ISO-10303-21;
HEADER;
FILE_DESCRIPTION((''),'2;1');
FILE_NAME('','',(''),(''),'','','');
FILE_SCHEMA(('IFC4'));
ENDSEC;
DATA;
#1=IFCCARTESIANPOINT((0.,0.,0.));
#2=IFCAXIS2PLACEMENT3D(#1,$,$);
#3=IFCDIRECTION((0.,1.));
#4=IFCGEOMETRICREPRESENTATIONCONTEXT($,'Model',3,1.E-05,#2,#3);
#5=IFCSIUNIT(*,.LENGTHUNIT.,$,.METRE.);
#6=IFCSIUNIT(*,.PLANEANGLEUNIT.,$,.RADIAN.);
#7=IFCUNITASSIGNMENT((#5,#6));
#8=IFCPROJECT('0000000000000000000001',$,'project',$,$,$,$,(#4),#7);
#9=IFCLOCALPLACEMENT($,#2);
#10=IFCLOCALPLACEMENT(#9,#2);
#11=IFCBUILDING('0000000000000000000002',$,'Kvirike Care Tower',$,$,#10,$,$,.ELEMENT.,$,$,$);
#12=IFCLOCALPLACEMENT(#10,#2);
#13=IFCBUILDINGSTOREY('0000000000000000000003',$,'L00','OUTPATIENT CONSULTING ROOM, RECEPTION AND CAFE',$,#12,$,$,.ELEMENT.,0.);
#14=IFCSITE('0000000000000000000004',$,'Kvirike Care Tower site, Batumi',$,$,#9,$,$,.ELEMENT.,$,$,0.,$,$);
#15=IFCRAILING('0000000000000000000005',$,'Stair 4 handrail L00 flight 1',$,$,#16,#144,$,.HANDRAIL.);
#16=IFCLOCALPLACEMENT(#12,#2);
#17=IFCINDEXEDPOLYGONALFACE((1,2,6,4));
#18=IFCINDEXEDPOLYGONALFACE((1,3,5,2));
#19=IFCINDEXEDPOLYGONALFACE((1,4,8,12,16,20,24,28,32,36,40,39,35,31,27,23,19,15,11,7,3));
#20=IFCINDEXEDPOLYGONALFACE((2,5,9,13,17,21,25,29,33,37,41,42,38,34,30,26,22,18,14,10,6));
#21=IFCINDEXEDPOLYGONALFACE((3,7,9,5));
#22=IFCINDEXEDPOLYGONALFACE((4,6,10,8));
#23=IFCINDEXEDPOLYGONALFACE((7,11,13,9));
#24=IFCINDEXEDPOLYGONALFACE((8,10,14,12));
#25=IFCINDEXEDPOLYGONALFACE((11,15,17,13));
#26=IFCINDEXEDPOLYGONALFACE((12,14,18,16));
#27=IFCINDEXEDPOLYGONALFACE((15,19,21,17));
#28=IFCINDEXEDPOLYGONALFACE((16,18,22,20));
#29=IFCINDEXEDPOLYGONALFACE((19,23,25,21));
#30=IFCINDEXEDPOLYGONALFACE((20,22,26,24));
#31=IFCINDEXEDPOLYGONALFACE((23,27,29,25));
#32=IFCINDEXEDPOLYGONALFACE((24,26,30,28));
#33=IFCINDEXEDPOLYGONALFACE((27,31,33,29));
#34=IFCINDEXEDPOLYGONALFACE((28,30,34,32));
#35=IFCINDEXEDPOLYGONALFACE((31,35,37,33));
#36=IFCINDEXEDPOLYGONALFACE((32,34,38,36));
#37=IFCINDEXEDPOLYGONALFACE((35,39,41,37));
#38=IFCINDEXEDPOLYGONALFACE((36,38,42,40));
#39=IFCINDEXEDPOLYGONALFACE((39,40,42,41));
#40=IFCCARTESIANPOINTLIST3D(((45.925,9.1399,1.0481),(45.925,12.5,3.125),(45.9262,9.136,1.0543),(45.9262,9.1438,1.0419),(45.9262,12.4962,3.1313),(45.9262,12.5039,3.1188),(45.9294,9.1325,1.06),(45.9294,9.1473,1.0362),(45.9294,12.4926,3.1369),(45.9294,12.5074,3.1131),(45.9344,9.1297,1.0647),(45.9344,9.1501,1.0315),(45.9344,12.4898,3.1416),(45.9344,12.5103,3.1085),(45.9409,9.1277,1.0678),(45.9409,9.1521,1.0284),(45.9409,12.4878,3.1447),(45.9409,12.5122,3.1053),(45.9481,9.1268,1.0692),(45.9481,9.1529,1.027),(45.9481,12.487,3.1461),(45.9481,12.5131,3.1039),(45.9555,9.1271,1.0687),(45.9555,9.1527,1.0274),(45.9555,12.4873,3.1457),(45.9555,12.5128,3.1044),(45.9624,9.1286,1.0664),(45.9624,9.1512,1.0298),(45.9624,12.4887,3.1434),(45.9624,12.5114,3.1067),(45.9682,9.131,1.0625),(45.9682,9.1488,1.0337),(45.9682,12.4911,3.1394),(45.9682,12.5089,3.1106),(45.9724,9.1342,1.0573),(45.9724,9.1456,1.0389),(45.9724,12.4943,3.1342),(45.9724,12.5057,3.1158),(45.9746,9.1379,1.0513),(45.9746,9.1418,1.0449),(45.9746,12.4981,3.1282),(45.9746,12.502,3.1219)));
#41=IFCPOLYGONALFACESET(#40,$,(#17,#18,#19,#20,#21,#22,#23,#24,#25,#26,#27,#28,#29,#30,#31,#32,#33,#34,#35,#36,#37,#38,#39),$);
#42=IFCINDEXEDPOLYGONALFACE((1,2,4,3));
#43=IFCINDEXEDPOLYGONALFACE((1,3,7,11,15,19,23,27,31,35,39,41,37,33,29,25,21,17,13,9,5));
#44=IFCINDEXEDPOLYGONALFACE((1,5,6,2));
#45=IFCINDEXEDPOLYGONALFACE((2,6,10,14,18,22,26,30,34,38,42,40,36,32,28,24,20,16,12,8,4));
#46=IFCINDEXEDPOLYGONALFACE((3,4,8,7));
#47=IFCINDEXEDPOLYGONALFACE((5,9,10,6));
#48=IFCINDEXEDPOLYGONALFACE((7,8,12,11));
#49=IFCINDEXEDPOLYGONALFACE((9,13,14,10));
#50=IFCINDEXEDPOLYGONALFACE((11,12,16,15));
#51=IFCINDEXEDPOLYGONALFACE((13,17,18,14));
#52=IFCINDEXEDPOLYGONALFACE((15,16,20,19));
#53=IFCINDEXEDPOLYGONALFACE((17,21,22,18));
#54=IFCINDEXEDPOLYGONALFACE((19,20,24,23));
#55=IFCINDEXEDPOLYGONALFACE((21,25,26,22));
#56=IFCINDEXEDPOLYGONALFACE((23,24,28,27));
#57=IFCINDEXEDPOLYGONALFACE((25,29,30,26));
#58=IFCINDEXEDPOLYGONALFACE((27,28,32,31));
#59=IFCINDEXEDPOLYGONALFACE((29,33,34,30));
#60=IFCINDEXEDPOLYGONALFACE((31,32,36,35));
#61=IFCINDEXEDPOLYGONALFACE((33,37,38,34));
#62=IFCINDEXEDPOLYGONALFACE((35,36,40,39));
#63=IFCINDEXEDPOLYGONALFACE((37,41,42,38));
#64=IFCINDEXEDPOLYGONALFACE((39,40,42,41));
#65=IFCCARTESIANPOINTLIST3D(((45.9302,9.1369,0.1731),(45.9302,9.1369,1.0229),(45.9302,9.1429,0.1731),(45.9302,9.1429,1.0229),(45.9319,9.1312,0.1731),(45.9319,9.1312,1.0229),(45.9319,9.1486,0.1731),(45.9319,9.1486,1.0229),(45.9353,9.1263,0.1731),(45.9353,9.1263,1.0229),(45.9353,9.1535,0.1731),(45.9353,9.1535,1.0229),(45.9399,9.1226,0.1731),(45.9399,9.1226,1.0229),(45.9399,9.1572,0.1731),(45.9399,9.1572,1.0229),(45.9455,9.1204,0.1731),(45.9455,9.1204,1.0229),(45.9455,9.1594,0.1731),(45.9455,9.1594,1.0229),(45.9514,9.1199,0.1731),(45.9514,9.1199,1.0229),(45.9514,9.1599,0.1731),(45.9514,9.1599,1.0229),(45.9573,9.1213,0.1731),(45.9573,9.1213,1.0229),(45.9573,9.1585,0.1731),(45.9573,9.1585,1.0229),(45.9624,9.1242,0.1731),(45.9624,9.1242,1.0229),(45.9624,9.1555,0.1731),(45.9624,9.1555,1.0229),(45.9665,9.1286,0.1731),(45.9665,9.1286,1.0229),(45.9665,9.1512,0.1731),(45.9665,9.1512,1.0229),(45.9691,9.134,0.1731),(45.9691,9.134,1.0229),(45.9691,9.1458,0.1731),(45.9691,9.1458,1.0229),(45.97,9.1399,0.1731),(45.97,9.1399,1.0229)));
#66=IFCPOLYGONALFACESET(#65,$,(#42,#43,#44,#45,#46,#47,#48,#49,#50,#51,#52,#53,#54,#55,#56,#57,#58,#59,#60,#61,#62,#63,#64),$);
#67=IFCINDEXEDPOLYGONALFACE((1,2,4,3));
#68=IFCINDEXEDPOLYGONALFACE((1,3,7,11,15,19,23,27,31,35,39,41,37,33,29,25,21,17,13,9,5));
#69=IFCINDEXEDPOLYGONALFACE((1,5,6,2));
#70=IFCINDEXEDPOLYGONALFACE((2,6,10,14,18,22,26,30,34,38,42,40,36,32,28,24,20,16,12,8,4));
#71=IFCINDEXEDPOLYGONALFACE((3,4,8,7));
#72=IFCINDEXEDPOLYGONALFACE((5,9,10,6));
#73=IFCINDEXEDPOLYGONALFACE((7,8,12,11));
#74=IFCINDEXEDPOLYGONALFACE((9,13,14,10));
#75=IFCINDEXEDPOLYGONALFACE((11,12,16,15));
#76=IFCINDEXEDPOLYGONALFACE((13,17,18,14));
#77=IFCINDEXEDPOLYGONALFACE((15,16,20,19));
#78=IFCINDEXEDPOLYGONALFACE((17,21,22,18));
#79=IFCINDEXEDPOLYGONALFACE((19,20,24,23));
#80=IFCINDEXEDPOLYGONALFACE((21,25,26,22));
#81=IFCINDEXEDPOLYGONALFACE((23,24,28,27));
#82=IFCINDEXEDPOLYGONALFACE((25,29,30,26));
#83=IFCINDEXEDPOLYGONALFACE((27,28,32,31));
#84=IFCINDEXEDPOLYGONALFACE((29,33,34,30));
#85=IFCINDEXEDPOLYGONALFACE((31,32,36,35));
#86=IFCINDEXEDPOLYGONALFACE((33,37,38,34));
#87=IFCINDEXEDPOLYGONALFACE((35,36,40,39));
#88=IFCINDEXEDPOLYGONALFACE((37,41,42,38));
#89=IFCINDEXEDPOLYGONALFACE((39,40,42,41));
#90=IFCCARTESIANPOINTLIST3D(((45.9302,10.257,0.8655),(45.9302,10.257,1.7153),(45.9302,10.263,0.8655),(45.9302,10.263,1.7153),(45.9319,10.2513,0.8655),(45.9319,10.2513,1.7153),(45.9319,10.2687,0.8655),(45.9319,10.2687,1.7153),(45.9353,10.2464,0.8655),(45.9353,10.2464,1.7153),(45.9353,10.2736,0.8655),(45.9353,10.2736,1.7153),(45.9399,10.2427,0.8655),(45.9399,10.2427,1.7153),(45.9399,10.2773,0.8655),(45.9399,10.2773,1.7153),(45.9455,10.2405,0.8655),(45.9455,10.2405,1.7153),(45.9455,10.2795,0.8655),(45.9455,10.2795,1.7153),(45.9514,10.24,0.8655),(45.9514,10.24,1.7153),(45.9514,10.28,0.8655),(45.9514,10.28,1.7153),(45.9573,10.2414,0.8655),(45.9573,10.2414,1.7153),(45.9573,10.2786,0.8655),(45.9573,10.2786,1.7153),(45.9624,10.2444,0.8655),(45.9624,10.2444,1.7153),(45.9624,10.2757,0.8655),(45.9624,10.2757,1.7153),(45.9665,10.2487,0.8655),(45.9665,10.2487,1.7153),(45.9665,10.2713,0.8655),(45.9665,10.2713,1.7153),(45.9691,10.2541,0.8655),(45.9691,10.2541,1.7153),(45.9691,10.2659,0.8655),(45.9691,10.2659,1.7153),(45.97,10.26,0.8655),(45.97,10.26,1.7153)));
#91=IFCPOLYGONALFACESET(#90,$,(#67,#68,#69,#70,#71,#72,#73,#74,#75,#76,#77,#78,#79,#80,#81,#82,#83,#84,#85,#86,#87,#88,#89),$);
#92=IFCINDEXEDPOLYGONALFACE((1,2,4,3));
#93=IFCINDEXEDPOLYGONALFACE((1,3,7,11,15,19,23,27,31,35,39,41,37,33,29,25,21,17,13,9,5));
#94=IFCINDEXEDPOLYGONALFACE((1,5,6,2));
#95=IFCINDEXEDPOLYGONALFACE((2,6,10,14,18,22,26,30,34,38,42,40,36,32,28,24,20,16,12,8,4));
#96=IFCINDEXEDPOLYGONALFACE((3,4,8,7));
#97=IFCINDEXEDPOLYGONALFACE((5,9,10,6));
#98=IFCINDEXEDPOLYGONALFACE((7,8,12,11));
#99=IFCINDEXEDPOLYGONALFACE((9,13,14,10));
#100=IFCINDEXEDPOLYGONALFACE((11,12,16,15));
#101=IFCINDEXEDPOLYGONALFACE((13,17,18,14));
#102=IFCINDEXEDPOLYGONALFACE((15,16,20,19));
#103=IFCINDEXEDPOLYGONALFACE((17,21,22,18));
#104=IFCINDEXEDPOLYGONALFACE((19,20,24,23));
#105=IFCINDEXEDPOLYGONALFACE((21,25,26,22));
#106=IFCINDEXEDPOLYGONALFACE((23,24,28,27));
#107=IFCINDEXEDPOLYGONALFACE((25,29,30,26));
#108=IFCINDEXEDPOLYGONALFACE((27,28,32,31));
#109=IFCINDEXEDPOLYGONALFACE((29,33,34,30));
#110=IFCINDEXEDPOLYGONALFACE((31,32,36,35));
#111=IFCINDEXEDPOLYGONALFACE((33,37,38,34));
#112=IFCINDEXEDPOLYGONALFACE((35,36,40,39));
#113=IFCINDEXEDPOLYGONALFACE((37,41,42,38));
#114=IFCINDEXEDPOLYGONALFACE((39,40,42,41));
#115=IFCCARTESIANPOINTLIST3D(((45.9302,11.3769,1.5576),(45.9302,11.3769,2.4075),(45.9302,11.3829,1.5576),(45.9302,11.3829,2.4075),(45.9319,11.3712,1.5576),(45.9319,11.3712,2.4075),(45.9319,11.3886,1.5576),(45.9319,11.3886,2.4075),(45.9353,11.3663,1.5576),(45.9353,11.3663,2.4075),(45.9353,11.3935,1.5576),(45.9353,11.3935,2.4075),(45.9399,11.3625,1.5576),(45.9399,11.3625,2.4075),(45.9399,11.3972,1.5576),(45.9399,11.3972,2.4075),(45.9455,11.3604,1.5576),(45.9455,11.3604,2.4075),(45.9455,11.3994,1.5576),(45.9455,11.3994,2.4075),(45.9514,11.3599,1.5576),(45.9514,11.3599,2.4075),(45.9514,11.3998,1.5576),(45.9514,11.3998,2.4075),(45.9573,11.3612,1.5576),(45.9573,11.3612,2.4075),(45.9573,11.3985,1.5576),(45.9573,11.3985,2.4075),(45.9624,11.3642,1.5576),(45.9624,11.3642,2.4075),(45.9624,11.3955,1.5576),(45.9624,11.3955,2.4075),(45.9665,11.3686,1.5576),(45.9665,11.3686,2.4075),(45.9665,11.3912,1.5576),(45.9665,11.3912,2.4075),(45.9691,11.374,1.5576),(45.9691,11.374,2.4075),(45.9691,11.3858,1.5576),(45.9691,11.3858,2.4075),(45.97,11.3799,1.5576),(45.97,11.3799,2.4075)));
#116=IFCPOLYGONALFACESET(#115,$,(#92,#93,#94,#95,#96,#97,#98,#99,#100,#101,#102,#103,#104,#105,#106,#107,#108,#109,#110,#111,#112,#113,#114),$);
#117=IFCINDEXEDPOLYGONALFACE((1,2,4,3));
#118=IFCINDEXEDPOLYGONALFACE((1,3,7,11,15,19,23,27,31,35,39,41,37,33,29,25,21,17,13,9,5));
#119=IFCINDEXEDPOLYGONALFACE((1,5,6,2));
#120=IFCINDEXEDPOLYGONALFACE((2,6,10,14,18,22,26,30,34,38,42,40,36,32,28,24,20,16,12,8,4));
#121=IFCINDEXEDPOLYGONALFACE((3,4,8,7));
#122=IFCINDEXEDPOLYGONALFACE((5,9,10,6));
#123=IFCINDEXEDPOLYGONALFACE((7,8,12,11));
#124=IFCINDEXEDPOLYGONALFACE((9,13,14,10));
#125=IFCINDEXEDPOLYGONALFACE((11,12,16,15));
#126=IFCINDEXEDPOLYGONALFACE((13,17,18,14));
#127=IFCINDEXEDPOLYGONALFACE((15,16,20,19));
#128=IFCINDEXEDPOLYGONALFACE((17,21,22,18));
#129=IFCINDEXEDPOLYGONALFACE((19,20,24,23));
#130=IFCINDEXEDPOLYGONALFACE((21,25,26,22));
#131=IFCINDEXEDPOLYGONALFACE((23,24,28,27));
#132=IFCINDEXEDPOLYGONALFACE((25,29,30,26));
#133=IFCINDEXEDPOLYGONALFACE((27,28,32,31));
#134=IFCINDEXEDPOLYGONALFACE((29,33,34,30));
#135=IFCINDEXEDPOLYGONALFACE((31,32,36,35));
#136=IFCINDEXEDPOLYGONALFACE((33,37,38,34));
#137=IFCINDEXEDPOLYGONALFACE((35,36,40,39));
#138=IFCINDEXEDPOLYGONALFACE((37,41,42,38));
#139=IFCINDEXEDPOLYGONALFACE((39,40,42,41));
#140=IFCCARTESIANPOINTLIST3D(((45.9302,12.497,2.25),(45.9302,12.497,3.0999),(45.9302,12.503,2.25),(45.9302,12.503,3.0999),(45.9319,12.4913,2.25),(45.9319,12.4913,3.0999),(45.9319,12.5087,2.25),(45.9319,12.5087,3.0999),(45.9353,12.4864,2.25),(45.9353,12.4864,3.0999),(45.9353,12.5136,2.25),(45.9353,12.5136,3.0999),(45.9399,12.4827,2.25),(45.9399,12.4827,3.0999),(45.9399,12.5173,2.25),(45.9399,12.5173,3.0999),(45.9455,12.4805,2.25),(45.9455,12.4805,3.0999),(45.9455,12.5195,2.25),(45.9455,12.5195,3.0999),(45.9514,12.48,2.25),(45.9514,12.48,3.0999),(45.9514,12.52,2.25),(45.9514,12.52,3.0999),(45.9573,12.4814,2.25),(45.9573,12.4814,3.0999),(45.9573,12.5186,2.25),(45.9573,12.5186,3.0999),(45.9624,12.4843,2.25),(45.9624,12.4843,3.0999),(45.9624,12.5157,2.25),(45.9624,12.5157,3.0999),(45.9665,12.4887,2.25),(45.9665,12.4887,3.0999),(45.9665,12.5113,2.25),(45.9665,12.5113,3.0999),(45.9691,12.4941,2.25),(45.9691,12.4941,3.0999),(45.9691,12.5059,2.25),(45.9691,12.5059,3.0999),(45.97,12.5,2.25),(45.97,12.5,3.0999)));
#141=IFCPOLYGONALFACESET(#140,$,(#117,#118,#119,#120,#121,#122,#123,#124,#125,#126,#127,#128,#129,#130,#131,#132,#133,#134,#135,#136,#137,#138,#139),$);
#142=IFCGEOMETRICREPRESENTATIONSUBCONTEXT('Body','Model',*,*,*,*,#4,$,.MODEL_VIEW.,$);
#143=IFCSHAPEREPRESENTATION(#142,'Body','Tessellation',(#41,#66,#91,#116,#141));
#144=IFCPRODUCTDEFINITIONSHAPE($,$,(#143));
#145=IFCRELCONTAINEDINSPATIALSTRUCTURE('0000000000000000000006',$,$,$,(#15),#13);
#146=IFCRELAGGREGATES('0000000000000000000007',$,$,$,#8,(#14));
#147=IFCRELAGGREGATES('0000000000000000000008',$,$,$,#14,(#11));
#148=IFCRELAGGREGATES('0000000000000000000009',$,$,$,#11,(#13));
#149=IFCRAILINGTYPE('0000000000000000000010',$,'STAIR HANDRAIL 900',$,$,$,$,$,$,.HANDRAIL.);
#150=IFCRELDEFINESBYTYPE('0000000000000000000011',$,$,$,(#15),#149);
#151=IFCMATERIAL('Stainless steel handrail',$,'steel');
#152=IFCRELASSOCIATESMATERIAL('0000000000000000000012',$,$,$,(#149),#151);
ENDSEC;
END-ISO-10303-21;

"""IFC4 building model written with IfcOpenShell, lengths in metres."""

from ifc_helpers import new_model, si_unit, direction, frame, origin, origin_2d, place, context, subcontext, project, spatial, circle, extrude, material, type_object, element, save


model = new_model("IFC4")

# Units and contexts
model_context = context("Model", 3, precision=1e-05, world=origin(), true_north=direction((0.0, 1.0)))
body_context = subcontext(model_context, "Body", "Model", "MODEL_VIEW")
ifc_project = project(units=[si_unit("LENGTHUNIT", "METRE"), si_unit("PLANEANGLEUNIT", "RADIAN")], contexts=[model_context])

# Site, building, storey
site_placement = place(None, origin())
site = spatial("IfcSite", under=ifc_project, at=site_placement, Name="Kvirike Care Tower site, Batumi", CompositionType="ELEMENT", RefElevation=0.0)
building_placement = place(site_placement, origin())
building = spatial("IfcBuilding", under=site, at=building_placement, Name="Kvirike Care Tower", CompositionType="ELEMENT")
storey_placement = place(building_placement, origin())
storey = spatial("IfcBuildingStorey", under=building, at=storey_placement, Name="L00", Description="OUTPATIENT CONSULTING ROOM, RECEPTION AND CAFE", CompositionType="ELEMENT", Elevation=0.0)

# Railing
ifc_material_1 = material(Name="Stainless steel handrail", Category="steel")
railing_type = type_object("IfcRailingType", Name="STAIR HANDRAIL 900", PredefinedType="HANDRAIL", material=ifc_material_1)
railing_1_placement = place(storey_placement, frame((45.95, 9.1399, 0.1731)))
element("IfcRailing", 1, at=railing_1_placement, inside=storey, type_object=railing_type, Name="Stair 4 handrail L00 flight 1", PredefinedType="HANDRAIL", context=body_context, shape_type="SweptSolid", body=[
    extrude(circle(Radius=0.0249, at=origin_2d()), frame((0.0, 0.0, 0.875), z_axis=(0.0, 0.850623, 0.525776), x_axis=(-1.0, 0.0, 0.0)), (0.0, 0.0, 1.0), 3.9502),
    extrude(circle(Radius=0.02, at=origin_2d()), origin(), (0.0, 0.0, 1.0), 0.8499),
    extrude(circle(Radius=0.02, at=origin_2d()), frame((0.0, 1.1201, 0.6924)), (0.0, 0.0, 1.0), 0.8499),
    extrude(circle(Radius=0.02, at=origin_2d()), frame((0.0, 2.24, 1.3845)), (0.0, 0.0, 1.0), 0.8499),
    extrude(circle(Radius=0.02, at=origin_2d()), frame((0.0, 3.3601, 2.0769)), (0.0, 0.0, 1.0), 0.8499),
])

save(model, "model.ifc")
